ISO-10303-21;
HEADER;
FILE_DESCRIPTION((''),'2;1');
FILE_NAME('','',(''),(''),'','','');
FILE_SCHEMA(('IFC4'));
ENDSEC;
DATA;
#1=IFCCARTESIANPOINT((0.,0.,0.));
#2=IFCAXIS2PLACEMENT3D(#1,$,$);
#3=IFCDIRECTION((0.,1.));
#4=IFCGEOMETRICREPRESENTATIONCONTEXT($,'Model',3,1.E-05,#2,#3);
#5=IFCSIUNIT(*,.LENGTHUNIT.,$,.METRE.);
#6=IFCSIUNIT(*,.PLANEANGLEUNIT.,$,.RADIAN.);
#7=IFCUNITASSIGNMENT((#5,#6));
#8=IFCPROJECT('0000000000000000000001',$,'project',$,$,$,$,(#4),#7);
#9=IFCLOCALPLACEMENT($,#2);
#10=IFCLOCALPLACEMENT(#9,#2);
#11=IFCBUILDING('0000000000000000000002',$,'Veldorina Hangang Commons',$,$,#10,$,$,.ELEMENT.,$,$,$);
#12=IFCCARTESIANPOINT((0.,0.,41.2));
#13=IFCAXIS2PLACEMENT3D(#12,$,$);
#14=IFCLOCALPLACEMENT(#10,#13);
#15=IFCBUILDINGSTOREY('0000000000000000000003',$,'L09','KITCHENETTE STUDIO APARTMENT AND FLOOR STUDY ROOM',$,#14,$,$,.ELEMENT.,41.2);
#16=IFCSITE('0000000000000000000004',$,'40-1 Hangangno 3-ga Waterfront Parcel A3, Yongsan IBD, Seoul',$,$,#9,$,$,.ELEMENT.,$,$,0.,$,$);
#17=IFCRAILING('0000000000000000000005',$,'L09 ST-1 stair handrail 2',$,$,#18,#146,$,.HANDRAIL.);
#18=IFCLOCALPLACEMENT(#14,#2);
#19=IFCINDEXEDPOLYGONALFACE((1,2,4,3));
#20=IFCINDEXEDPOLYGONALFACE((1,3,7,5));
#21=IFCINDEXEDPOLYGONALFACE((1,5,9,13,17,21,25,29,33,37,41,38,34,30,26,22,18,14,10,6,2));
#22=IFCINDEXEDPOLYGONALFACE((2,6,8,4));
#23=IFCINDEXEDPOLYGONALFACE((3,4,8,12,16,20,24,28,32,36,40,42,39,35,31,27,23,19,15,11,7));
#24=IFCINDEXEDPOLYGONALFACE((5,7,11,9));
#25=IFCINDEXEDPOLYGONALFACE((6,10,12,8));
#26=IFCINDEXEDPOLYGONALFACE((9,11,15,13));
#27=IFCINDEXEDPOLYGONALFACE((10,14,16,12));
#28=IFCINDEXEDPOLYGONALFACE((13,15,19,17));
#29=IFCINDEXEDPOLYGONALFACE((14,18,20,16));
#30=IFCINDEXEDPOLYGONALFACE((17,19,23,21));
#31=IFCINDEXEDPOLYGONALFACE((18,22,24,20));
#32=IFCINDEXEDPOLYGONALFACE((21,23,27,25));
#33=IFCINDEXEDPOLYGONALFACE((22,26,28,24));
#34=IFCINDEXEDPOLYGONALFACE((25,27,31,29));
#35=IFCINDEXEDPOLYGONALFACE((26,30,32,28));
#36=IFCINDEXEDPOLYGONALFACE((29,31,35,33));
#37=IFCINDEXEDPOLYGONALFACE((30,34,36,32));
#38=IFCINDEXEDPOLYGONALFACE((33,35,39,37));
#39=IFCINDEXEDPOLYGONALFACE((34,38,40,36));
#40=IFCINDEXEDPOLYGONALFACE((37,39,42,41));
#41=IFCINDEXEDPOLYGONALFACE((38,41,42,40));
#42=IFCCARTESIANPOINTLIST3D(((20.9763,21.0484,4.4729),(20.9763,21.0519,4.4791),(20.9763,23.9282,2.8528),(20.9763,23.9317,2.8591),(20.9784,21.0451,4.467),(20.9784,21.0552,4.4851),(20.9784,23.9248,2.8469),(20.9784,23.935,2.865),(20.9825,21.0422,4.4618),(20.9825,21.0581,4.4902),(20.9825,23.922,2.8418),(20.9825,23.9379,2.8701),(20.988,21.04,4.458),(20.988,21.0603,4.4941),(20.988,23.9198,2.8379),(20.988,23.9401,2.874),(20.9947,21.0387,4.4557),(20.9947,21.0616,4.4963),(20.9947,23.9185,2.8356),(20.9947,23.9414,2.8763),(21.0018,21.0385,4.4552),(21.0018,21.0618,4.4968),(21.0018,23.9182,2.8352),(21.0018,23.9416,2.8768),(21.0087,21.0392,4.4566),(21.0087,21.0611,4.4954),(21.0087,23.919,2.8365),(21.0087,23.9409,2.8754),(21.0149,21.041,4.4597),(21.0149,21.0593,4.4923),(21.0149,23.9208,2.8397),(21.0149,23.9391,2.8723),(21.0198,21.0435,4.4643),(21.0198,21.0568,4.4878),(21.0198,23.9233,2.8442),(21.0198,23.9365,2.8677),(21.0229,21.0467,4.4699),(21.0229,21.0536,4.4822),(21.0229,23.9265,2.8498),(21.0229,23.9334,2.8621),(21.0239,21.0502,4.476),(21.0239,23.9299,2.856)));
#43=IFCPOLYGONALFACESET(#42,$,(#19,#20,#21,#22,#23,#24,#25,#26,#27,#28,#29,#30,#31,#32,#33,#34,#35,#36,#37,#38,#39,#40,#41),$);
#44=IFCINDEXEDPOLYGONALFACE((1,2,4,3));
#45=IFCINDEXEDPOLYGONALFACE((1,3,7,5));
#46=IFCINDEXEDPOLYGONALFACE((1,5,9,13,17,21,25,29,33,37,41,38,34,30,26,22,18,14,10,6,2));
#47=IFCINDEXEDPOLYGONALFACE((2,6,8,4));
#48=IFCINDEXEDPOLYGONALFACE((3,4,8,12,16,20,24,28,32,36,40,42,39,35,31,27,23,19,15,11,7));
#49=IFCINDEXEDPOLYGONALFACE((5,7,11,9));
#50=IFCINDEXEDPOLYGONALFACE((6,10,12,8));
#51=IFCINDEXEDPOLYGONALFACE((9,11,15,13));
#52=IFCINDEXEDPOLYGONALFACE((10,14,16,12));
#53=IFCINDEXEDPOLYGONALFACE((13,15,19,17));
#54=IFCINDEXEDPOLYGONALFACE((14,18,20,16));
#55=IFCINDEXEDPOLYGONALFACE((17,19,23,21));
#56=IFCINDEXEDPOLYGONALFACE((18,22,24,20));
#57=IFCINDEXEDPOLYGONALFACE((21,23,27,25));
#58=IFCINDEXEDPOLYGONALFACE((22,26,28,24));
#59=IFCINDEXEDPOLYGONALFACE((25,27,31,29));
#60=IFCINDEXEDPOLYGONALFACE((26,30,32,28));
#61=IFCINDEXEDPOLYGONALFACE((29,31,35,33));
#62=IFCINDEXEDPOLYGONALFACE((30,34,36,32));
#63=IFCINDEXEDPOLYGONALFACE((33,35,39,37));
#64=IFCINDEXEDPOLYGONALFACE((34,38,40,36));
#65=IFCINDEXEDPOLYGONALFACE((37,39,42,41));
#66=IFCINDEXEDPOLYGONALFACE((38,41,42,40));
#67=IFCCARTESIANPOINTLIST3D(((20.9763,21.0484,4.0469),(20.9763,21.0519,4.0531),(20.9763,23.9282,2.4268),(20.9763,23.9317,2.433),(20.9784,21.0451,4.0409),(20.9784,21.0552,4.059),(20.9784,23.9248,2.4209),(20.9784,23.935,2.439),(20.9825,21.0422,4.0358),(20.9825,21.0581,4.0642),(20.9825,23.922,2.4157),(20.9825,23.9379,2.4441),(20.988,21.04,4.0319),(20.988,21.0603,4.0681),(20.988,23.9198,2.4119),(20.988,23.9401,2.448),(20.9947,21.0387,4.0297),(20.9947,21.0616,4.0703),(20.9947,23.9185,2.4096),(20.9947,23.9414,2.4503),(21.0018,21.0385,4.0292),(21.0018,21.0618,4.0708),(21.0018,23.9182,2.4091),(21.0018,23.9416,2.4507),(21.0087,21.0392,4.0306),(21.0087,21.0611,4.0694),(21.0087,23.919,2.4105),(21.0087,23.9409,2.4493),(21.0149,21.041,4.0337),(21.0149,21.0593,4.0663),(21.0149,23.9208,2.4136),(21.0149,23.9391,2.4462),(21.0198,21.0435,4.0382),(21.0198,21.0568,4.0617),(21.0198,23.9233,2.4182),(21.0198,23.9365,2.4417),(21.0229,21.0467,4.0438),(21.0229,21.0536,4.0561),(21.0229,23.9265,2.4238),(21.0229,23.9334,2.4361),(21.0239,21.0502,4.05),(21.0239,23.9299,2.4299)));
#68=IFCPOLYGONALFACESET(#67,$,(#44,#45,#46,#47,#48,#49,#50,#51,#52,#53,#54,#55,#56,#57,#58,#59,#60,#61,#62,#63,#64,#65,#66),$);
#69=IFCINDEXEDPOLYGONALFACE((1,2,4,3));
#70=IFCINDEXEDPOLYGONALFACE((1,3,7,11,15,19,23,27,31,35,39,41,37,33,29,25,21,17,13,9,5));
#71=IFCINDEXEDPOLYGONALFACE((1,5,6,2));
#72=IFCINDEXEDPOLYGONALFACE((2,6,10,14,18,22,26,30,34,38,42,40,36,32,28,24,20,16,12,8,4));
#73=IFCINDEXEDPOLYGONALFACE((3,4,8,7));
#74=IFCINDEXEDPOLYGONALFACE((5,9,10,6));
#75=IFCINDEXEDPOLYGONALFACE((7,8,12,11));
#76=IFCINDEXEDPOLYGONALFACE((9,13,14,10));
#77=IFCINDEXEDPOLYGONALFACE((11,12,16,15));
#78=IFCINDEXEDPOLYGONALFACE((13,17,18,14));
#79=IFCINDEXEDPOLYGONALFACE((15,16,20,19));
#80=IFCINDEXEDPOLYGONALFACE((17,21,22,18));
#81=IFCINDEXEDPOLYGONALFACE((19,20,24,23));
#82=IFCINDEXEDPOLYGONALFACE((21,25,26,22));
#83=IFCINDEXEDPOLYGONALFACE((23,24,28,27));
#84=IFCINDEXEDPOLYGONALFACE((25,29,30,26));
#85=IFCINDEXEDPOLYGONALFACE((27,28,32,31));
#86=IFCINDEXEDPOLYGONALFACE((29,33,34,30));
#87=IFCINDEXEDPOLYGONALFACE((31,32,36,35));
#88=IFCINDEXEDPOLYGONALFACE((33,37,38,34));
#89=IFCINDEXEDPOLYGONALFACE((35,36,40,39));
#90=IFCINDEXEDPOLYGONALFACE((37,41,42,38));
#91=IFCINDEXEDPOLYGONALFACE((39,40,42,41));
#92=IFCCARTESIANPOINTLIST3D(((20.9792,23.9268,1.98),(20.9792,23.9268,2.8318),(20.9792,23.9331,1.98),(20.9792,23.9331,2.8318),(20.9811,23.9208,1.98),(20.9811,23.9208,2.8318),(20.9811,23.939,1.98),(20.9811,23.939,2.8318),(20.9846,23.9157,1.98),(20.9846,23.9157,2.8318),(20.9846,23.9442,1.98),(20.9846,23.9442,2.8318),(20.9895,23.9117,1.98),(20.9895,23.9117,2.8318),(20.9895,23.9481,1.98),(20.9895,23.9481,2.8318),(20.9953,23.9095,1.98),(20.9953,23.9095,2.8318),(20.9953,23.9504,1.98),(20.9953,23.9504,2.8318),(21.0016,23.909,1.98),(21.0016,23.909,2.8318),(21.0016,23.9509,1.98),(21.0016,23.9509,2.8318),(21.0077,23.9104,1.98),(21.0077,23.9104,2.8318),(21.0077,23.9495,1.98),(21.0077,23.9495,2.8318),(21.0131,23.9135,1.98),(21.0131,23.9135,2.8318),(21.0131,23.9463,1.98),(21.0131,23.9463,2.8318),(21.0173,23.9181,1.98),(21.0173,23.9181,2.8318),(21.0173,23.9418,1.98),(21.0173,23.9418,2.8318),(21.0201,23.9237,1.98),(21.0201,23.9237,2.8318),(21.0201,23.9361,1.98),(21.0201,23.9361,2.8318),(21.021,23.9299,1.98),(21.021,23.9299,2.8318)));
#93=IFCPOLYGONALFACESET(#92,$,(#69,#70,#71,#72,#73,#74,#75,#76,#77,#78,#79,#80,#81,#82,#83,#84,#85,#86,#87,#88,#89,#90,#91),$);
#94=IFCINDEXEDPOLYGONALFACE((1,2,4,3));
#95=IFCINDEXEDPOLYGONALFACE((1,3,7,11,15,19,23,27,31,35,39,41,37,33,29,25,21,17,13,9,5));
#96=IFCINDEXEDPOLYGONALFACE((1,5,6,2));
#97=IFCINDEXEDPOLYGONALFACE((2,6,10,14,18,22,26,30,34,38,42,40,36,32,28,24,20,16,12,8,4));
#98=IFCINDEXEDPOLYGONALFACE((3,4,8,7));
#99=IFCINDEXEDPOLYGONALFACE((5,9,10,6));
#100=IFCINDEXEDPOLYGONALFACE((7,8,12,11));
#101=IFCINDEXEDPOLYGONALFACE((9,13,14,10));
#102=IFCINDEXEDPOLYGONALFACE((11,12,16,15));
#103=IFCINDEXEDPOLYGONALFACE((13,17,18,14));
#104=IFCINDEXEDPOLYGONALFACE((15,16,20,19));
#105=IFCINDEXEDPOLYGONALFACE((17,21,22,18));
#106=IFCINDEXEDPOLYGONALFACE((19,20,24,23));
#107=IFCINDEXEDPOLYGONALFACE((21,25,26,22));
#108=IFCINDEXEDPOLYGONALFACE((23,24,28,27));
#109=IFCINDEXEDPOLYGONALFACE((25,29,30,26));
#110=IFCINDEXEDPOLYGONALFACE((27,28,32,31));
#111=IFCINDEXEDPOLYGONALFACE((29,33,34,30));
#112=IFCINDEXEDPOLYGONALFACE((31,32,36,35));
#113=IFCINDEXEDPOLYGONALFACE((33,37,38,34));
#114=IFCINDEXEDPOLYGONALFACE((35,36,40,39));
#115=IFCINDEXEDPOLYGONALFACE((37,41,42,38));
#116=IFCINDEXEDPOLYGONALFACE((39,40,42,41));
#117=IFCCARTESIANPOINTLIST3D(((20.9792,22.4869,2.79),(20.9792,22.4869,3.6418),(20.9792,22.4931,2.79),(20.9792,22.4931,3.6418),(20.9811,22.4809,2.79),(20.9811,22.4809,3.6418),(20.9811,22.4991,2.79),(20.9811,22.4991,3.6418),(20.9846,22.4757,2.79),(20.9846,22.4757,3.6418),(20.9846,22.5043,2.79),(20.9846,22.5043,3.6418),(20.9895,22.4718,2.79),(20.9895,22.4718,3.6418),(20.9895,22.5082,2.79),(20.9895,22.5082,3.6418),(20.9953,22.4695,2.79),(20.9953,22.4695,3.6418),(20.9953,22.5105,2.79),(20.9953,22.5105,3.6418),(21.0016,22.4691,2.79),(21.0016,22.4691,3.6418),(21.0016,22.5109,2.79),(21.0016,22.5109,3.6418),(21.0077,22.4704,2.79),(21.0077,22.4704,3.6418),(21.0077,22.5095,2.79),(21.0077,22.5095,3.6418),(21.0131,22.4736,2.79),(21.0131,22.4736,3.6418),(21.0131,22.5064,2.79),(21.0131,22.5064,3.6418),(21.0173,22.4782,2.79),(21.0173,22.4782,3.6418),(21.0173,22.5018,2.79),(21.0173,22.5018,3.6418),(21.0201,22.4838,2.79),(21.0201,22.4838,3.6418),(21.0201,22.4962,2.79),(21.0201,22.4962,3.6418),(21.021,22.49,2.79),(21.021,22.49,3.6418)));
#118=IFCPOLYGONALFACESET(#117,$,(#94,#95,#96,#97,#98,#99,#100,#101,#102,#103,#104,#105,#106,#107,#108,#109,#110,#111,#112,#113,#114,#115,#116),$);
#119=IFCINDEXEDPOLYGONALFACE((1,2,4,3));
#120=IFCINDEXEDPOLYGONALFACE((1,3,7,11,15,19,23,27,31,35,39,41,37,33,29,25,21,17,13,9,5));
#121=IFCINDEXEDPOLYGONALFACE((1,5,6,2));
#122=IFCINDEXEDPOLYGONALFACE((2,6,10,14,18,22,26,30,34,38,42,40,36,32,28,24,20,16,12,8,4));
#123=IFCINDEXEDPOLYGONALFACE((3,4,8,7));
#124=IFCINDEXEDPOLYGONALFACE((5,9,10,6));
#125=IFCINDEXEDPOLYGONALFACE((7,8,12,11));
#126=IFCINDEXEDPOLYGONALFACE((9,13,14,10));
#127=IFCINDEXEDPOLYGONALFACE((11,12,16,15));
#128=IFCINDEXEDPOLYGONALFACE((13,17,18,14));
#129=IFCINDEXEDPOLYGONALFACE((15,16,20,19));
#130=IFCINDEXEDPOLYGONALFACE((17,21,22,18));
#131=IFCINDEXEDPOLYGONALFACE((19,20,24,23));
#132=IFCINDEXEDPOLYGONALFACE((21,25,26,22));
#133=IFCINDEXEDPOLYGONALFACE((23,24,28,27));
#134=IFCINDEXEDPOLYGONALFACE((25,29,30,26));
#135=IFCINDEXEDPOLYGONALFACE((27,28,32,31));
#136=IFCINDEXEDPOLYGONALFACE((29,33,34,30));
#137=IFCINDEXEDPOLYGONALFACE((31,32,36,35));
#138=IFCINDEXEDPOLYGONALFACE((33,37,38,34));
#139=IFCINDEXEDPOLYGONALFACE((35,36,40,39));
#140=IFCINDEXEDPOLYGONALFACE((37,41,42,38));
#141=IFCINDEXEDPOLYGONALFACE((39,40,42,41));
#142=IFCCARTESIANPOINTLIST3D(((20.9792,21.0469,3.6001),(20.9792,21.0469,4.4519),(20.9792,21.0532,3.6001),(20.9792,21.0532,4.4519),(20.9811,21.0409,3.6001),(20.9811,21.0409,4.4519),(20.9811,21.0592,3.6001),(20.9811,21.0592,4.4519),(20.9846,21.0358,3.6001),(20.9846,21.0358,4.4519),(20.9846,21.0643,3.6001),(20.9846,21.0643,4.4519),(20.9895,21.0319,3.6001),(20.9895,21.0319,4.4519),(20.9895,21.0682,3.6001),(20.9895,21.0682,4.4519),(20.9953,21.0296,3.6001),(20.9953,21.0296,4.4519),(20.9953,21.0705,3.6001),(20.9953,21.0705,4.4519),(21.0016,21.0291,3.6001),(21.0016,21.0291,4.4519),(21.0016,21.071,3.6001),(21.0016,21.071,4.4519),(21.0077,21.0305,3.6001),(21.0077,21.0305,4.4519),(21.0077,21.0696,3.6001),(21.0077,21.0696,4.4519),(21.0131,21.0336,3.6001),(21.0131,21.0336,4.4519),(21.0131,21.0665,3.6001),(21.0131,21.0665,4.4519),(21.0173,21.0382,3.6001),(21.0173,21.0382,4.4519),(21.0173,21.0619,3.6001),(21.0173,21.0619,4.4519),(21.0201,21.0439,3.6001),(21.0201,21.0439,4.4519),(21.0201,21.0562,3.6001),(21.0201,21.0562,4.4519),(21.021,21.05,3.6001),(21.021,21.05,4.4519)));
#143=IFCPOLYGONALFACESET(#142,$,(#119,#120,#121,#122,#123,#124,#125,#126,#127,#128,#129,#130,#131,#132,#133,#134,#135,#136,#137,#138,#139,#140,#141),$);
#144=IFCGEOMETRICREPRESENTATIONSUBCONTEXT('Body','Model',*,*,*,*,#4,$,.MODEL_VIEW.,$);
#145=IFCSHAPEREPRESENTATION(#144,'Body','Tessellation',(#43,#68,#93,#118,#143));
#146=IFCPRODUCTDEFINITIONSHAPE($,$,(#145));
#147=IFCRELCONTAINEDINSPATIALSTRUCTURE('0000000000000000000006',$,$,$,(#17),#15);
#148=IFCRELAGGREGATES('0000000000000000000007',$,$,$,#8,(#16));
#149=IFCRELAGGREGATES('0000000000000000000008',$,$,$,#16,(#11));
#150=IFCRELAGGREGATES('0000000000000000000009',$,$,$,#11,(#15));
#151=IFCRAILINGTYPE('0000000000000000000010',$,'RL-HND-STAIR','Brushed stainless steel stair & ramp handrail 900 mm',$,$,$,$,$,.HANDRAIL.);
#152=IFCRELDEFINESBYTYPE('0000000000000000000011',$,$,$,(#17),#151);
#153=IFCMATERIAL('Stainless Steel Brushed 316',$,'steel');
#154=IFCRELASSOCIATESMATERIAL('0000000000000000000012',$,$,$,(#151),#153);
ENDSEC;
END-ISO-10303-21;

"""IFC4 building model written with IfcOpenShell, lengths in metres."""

from ifc_helpers import new_model, si_unit, direction, frame, origin, origin_2d, place, context, subcontext, project, spatial, circle, extrude, material, type_object, element, save


model = new_model("IFC4")

# Units and contexts
model_context = context("Model", 3, precision=1e-05, world=origin(), true_north=direction((0.0, 1.0)))
body_context = subcontext(model_context, "Body", "Model", "MODEL_VIEW")
ifc_project = project(units=[si_unit("LENGTHUNIT", "METRE"), si_unit("PLANEANGLEUNIT", "RADIAN")], contexts=[model_context])

# Site, building, storey
site_placement = place(None, origin())
site = spatial("IfcSite", under=ifc_project, at=site_placement, Name="40-1 Hangangno 3-ga Waterfront Parcel A3, Yongsan IBD, Seoul", CompositionType="ELEMENT", RefElevation=0.0)
building_placement = place(site_placement, origin())
building = spatial("IfcBuilding", under=site, at=building_placement, Name="Veldorina Hangang Commons", CompositionType="ELEMENT")
storey_placement = place(building_placement, frame((0.0, 0.0, 41.2)))
storey = spatial("IfcBuildingStorey", under=building, at=storey_placement, Name="L09", Description="KITCHENETTE STUDIO APARTMENT AND FLOOR STUDY ROOM", CompositionType="ELEMENT", Elevation=41.2)

# Railing
ifc_material_1 = material(Name="Stainless Steel Brushed 316", Category="steel")
railing_type = type_object("IfcRailingType", Name="RL-HND-STAIR", Description="Brushed stainless steel stair & ramp handrail 900 mm", PredefinedType="HANDRAIL", material=ifc_material_1)
railing_placement = place(storey_placement, frame((21.0, 23.9299, 1.98)))
element("IfcRailing", 1, at=railing_placement, inside=storey, type_object=railing_type, Name="L09 ST-1 stair handrail 2", PredefinedType="HANDRAIL", context=body_context, shape_type="SweptSolid", body=[
    extrude(circle(Radius=0.0239, at=origin_2d()), frame((0.0, 0.0, 0.876), z_axis=(0.0, -0.871552, 0.490303), x_axis=(1.0, 0.0, 0.0)), (0.0, 0.0, 1.0), 3.3042),
    extrude(circle(Radius=0.0239, at=origin_2d()), frame((0.0, 0.0, 0.45), z_axis=(0.0, -0.871552, 0.490303), x_axis=(1.0, 0.0, 0.0)), (0.0, 0.0, 1.0), 3.3042),
    extrude(circle(Radius=0.021, at=origin_2d()), origin(), (0.0, 0.0, 1.0), 0.8518),
    extrude(circle(Radius=0.021, at=origin_2d()), frame((0.0, -1.4399, 0.8101)), (0.0, 0.0, 1.0), 0.8518),
    extrude(circle(Radius=0.021, at=origin_2d()), frame((0.0, -2.8799, 1.6201)), (0.0, 0.0, 1.0), 0.8518),
])

save(model, "model.ifc")
